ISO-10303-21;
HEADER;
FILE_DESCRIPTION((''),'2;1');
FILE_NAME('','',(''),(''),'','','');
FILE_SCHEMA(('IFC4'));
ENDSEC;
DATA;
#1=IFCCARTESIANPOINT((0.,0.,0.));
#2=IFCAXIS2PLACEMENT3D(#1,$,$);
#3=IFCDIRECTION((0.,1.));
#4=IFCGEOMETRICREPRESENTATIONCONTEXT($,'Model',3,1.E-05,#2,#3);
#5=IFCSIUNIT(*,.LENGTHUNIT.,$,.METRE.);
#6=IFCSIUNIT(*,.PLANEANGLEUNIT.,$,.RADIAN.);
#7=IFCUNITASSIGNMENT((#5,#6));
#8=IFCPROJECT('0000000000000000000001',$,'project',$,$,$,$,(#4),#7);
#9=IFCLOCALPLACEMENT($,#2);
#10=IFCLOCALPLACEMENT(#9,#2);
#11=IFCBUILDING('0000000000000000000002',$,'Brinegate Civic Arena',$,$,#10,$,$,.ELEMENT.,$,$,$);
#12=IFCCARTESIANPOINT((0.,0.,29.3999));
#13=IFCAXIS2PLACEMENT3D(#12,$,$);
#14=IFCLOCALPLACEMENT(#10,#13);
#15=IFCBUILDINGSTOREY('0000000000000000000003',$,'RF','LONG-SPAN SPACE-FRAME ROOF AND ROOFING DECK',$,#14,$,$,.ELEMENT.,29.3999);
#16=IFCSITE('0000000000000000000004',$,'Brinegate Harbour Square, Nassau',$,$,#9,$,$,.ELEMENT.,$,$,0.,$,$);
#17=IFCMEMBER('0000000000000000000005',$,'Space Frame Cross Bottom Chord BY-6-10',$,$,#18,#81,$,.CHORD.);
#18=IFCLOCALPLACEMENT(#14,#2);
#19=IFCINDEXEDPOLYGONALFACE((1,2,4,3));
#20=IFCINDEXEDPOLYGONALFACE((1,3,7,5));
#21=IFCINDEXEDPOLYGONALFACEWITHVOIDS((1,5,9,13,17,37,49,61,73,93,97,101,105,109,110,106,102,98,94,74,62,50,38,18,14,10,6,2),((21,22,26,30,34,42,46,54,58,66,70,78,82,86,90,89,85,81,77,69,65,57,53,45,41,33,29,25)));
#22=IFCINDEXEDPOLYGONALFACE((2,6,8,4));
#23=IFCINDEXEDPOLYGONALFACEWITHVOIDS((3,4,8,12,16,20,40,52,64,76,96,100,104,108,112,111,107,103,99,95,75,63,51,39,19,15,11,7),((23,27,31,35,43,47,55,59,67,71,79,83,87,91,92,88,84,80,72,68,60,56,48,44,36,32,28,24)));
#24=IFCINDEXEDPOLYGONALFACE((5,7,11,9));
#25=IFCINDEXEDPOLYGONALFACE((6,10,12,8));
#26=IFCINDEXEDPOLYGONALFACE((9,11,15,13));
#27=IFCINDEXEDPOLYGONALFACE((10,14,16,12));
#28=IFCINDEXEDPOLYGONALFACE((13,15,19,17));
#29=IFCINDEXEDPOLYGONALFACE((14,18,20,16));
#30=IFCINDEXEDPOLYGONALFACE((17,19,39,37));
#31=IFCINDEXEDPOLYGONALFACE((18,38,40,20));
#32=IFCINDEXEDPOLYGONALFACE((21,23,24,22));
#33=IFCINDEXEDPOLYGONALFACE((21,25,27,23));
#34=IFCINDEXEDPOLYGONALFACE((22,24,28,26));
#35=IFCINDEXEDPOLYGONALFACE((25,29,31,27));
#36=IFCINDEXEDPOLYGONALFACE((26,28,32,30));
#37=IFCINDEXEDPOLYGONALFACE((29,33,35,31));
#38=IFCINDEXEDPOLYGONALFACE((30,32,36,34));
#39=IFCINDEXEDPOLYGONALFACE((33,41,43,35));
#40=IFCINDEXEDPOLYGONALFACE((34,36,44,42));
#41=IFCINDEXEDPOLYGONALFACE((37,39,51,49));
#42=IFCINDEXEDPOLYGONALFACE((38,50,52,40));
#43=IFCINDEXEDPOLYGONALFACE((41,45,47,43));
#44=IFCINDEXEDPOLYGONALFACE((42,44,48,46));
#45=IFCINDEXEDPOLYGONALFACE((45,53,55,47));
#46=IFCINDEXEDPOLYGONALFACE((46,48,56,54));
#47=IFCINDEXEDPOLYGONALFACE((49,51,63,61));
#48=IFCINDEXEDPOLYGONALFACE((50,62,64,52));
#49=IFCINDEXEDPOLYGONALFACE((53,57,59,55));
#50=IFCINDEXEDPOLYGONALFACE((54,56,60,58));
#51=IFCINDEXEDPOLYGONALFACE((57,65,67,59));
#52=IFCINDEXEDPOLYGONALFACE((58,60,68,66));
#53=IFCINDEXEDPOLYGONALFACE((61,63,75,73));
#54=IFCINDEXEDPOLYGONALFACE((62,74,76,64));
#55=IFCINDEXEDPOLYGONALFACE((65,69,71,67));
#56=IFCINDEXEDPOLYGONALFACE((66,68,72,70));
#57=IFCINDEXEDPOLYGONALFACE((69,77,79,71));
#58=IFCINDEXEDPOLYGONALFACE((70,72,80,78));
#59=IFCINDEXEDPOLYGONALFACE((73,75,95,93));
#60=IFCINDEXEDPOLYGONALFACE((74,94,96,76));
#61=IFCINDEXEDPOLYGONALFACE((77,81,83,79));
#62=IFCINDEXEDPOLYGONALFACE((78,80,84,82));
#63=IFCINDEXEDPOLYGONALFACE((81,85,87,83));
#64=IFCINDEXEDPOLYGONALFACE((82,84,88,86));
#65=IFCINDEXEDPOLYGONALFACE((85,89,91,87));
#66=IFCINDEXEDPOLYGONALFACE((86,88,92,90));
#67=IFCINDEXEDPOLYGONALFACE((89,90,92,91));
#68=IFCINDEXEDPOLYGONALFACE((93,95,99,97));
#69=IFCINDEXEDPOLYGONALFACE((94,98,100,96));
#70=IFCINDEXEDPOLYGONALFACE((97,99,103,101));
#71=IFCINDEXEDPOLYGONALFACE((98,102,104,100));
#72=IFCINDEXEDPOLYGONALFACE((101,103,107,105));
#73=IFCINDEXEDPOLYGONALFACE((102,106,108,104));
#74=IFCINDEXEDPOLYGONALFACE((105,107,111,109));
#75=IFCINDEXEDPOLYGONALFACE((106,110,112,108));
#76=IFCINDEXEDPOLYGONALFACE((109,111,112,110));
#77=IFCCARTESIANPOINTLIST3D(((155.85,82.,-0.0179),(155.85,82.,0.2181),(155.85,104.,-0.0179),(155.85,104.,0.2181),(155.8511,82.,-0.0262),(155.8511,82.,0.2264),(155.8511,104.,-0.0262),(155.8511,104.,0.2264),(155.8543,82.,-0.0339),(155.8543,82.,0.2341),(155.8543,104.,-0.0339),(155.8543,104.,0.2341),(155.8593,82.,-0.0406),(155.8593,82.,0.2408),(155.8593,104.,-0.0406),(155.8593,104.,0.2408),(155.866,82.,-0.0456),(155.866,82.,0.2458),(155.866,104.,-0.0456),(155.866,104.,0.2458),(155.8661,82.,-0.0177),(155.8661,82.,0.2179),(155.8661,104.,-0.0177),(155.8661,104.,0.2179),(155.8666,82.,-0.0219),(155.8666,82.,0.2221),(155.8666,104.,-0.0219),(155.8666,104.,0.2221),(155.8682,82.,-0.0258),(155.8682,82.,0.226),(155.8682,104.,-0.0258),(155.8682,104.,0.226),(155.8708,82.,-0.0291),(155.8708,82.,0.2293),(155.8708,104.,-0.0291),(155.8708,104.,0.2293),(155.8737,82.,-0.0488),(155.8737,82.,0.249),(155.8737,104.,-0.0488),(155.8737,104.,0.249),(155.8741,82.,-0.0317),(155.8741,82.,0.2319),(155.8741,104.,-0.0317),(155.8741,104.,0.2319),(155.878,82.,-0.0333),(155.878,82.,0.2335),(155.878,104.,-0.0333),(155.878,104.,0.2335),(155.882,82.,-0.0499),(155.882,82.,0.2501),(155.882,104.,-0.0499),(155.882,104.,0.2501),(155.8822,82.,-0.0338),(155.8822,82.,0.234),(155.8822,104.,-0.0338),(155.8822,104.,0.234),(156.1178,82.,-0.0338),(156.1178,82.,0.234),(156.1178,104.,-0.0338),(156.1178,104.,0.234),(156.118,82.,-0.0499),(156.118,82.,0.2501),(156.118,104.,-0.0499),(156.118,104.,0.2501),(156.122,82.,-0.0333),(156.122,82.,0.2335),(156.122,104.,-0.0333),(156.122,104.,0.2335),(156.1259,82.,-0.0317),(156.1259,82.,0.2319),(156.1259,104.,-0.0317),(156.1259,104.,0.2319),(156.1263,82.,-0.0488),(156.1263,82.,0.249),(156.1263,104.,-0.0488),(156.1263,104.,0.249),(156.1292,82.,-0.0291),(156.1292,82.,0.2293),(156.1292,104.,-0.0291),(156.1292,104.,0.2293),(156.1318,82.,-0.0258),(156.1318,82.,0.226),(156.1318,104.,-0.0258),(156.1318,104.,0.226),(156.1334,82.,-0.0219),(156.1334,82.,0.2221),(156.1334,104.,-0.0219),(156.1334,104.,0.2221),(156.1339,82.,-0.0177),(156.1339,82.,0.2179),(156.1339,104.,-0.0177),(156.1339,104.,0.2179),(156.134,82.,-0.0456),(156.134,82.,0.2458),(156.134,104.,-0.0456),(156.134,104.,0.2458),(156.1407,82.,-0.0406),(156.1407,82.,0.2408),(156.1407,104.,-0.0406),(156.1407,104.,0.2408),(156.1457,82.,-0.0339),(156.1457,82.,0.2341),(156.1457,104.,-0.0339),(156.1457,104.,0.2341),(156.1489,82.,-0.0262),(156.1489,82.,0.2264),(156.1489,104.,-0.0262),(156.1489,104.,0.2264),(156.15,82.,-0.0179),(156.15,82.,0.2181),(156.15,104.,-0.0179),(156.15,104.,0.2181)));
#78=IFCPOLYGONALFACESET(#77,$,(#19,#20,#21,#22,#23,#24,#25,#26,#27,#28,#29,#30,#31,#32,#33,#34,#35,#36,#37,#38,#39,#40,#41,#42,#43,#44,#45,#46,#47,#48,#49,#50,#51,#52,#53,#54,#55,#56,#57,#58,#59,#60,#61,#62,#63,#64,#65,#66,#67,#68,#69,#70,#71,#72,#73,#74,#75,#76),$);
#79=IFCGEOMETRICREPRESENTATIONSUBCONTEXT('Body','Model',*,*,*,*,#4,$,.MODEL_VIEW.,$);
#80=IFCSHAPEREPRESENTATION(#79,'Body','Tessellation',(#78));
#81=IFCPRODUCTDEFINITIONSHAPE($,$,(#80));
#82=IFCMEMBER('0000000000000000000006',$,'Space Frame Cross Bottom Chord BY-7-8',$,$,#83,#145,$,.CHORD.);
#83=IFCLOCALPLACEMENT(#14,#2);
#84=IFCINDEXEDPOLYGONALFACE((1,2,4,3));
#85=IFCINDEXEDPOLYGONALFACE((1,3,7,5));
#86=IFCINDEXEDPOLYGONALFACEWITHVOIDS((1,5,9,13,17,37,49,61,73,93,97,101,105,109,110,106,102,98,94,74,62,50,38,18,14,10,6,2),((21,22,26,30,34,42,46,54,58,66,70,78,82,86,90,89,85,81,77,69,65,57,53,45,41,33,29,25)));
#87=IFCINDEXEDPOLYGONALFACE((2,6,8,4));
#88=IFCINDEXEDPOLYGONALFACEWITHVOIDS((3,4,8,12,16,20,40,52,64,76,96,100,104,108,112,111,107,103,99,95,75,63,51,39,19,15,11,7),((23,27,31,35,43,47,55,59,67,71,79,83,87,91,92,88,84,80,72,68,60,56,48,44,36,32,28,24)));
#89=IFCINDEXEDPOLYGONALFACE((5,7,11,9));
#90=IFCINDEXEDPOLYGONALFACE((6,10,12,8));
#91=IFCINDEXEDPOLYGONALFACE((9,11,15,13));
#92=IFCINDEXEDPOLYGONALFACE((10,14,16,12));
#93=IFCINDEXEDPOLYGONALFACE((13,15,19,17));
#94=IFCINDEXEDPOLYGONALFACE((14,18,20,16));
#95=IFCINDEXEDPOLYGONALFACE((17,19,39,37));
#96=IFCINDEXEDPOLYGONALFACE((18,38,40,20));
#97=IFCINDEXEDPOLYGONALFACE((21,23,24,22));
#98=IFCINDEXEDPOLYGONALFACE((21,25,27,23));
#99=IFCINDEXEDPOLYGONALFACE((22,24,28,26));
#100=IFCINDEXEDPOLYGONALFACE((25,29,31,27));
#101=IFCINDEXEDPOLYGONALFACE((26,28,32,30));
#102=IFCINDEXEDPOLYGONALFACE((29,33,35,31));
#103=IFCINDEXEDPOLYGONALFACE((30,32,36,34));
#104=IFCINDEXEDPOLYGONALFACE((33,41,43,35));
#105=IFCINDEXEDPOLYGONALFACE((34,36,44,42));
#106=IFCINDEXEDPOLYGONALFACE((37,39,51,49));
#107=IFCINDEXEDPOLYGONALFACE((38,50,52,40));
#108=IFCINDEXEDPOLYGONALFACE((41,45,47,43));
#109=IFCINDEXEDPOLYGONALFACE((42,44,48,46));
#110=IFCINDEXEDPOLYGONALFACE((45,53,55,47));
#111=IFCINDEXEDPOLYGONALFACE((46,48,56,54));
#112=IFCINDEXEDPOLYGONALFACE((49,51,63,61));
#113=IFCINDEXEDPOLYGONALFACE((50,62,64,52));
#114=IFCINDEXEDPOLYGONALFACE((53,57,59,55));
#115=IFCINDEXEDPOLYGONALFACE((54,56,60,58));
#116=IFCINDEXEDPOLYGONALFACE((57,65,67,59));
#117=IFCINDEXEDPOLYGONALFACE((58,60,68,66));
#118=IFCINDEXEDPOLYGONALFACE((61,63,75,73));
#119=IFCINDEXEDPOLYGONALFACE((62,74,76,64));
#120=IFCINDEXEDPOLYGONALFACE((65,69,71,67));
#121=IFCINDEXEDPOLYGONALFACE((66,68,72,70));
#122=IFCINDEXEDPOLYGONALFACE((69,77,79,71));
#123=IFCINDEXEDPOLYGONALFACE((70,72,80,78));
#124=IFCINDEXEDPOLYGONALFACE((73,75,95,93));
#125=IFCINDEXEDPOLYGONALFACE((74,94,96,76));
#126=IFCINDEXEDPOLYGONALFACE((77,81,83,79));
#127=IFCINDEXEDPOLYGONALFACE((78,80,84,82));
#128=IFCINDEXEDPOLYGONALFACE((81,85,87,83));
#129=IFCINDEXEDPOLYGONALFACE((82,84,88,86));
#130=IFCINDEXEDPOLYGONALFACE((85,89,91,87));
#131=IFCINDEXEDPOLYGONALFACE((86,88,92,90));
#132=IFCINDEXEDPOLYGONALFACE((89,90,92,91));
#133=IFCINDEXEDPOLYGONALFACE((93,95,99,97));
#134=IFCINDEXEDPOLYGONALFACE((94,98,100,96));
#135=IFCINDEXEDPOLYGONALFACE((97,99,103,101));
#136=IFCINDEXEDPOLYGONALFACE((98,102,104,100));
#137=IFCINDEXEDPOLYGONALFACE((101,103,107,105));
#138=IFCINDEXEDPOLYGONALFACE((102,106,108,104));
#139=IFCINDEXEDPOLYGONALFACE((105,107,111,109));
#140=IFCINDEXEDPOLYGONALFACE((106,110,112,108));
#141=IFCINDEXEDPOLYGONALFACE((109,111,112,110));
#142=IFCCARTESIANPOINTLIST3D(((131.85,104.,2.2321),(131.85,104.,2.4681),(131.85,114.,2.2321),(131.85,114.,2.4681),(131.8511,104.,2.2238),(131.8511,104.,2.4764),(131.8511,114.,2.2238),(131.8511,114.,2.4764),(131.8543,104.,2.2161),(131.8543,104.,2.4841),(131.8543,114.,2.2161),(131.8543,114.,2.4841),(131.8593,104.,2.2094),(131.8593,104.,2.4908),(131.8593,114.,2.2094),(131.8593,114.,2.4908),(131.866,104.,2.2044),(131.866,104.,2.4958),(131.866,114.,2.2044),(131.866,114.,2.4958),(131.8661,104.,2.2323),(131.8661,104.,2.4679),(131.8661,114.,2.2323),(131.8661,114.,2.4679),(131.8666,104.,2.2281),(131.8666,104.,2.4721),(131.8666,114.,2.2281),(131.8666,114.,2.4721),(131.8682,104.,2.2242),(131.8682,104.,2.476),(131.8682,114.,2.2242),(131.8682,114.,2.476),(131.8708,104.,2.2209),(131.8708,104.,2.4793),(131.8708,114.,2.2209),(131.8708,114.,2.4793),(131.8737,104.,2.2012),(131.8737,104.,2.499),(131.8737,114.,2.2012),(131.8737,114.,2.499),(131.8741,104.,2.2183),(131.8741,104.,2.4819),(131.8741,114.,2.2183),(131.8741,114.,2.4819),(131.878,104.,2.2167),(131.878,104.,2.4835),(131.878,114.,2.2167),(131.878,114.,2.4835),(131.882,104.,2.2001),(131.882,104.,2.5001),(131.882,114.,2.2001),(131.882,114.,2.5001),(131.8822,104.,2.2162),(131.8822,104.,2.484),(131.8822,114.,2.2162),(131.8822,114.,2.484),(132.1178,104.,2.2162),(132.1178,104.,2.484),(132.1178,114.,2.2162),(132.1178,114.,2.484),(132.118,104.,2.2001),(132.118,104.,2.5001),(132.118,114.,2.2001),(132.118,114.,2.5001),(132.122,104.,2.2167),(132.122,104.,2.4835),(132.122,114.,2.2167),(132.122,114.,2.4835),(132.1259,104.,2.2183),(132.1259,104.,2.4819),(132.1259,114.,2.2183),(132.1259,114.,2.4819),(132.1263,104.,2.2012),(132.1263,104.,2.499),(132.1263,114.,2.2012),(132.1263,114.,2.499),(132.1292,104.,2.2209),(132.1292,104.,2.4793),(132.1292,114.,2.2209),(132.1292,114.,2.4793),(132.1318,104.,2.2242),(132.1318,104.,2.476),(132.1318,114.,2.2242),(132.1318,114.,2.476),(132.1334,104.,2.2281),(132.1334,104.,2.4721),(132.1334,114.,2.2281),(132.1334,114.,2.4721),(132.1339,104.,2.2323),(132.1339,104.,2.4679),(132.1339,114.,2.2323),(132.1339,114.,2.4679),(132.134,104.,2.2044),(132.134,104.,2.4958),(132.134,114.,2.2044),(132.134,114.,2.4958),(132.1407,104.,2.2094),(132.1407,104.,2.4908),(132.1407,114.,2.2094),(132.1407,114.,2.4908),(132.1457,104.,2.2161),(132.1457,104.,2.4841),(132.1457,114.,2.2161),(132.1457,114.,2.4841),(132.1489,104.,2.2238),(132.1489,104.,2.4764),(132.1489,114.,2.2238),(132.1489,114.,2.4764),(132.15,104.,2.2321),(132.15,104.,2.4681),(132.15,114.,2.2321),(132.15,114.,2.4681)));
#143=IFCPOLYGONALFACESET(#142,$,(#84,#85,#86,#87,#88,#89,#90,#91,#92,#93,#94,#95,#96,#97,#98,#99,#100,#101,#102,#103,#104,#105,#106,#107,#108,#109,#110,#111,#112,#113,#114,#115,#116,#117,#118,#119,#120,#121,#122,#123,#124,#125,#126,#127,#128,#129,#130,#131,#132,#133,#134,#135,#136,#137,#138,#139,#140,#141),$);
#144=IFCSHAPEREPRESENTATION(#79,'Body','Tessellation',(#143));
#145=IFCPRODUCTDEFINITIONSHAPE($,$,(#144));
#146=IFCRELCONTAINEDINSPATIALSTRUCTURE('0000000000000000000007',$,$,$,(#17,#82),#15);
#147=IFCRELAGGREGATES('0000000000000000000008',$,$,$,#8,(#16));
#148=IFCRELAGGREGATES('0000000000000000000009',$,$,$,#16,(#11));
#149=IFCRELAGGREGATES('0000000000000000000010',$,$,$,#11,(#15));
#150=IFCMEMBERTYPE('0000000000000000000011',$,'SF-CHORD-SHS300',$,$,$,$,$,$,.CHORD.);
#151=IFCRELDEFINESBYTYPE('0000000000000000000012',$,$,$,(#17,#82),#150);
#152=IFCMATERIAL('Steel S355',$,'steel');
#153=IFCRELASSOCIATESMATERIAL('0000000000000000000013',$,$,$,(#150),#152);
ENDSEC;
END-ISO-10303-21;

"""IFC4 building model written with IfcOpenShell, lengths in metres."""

from ifc_helpers import new_model, si_unit, direction, frame, origin, origin_2d, place, context, subcontext, project, spatial, hollow_rectangle, extrude, material, material_profile, profile_set, type_object, element, save


model = new_model("IFC4")

# Units and contexts
model_context = context("Model", 3, precision=1e-05, world=origin(), true_north=direction((0.0, 1.0)))
body_context = subcontext(model_context, "Body", "Model", "MODEL_VIEW")
ifc_project = project(units=[si_unit("LENGTHUNIT", "METRE"), si_unit("PLANEANGLEUNIT", "RADIAN")], contexts=[model_context])

# Site, building, storey
site_placement = place(None, origin())
site = spatial("IfcSite", under=ifc_project, at=site_placement, Name="Brinegate Harbour Square, Nassau", CompositionType="ELEMENT", RefElevation=0.0)
building_placement = place(site_placement, origin())
building = spatial("IfcBuilding", under=site, at=building_placement, Name="Brinegate Civic Arena", CompositionType="ELEMENT")
storey_placement = place(building_placement, frame((0.0, 0.0, 29.3999)))
storey = spatial("IfcBuildingStorey", under=building, at=storey_placement, Name="RF", Description="LONG-SPAN SPACE-FRAME ROOF AND ROOFING DECK", CompositionType="ELEMENT", Elevation=29.3999)

# Shared definitions
ifc_material_1 = material(Name="Steel S355", Category="steel")

# Members
ifc_material_profile_1 = material_profile(ifc_material_1, hollow_rectangle(XDim=0.3, YDim=0.3, WallThickness=0.0161, InnerFilletRadius=0.0161, OuterFilletRadius=0.032, at=origin_2d()), Name="SHS300X16")
ifc_profile_set_1 = profile_set([ifc_material_profile_1], Name="Steel S355")
member_type_1 = type_object("IfcMemberType", Name="SF-CHORD-SHS300", PredefinedType="CHORD", material=ifc_profile_set_1)
member_1_placement = place(storey_placement, frame((156.0, 82.0, 0.1001), z_axis=(0.0, 1.0, 0.0), x_axis=(-1.0, 0.0, 0.0)))
element("IfcMember", 1, at=member_1_placement, inside=storey, type_object=member_type_1, Name="Space Frame Cross Bottom Chord BY-6-10", PredefinedType="CHORD", context=body_context, shape_type="SweptSolid", body=[
    extrude(hollow_rectangle(XDim=0.3, YDim=0.3, WallThickness=0.0161, InnerFilletRadius=0.0161, OuterFilletRadius=0.032, at=origin_2d()), origin(), (0.0, 0.0, 1.0), 22.0),
])
for number, where, z_axis, x_axis, name in (
    (2, (132.0, 104.0, 2.3501), (0.0, 1.0, 0.0), (-1.0, 0.0, 0.0), "Space Frame Cross Bottom Chord BY-7-8"),
):
    element("IfcMember", number, at=place(storey_placement, frame(where, z_axis=z_axis, x_axis=x_axis)), inside=storey, type_object=member_type_1, Name=name, PredefinedType="CHORD", context=body_context, shape_type="SweptSolid", body=[
        extrude(hollow_rectangle(XDim=0.3, YDim=0.3, WallThickness=0.0161, InnerFilletRadius=0.0161, OuterFilletRadius=0.032, at=origin_2d()), origin(), (0.0, 0.0, 1.0), 10.0),
    ])

save(model, "model.ifc")
